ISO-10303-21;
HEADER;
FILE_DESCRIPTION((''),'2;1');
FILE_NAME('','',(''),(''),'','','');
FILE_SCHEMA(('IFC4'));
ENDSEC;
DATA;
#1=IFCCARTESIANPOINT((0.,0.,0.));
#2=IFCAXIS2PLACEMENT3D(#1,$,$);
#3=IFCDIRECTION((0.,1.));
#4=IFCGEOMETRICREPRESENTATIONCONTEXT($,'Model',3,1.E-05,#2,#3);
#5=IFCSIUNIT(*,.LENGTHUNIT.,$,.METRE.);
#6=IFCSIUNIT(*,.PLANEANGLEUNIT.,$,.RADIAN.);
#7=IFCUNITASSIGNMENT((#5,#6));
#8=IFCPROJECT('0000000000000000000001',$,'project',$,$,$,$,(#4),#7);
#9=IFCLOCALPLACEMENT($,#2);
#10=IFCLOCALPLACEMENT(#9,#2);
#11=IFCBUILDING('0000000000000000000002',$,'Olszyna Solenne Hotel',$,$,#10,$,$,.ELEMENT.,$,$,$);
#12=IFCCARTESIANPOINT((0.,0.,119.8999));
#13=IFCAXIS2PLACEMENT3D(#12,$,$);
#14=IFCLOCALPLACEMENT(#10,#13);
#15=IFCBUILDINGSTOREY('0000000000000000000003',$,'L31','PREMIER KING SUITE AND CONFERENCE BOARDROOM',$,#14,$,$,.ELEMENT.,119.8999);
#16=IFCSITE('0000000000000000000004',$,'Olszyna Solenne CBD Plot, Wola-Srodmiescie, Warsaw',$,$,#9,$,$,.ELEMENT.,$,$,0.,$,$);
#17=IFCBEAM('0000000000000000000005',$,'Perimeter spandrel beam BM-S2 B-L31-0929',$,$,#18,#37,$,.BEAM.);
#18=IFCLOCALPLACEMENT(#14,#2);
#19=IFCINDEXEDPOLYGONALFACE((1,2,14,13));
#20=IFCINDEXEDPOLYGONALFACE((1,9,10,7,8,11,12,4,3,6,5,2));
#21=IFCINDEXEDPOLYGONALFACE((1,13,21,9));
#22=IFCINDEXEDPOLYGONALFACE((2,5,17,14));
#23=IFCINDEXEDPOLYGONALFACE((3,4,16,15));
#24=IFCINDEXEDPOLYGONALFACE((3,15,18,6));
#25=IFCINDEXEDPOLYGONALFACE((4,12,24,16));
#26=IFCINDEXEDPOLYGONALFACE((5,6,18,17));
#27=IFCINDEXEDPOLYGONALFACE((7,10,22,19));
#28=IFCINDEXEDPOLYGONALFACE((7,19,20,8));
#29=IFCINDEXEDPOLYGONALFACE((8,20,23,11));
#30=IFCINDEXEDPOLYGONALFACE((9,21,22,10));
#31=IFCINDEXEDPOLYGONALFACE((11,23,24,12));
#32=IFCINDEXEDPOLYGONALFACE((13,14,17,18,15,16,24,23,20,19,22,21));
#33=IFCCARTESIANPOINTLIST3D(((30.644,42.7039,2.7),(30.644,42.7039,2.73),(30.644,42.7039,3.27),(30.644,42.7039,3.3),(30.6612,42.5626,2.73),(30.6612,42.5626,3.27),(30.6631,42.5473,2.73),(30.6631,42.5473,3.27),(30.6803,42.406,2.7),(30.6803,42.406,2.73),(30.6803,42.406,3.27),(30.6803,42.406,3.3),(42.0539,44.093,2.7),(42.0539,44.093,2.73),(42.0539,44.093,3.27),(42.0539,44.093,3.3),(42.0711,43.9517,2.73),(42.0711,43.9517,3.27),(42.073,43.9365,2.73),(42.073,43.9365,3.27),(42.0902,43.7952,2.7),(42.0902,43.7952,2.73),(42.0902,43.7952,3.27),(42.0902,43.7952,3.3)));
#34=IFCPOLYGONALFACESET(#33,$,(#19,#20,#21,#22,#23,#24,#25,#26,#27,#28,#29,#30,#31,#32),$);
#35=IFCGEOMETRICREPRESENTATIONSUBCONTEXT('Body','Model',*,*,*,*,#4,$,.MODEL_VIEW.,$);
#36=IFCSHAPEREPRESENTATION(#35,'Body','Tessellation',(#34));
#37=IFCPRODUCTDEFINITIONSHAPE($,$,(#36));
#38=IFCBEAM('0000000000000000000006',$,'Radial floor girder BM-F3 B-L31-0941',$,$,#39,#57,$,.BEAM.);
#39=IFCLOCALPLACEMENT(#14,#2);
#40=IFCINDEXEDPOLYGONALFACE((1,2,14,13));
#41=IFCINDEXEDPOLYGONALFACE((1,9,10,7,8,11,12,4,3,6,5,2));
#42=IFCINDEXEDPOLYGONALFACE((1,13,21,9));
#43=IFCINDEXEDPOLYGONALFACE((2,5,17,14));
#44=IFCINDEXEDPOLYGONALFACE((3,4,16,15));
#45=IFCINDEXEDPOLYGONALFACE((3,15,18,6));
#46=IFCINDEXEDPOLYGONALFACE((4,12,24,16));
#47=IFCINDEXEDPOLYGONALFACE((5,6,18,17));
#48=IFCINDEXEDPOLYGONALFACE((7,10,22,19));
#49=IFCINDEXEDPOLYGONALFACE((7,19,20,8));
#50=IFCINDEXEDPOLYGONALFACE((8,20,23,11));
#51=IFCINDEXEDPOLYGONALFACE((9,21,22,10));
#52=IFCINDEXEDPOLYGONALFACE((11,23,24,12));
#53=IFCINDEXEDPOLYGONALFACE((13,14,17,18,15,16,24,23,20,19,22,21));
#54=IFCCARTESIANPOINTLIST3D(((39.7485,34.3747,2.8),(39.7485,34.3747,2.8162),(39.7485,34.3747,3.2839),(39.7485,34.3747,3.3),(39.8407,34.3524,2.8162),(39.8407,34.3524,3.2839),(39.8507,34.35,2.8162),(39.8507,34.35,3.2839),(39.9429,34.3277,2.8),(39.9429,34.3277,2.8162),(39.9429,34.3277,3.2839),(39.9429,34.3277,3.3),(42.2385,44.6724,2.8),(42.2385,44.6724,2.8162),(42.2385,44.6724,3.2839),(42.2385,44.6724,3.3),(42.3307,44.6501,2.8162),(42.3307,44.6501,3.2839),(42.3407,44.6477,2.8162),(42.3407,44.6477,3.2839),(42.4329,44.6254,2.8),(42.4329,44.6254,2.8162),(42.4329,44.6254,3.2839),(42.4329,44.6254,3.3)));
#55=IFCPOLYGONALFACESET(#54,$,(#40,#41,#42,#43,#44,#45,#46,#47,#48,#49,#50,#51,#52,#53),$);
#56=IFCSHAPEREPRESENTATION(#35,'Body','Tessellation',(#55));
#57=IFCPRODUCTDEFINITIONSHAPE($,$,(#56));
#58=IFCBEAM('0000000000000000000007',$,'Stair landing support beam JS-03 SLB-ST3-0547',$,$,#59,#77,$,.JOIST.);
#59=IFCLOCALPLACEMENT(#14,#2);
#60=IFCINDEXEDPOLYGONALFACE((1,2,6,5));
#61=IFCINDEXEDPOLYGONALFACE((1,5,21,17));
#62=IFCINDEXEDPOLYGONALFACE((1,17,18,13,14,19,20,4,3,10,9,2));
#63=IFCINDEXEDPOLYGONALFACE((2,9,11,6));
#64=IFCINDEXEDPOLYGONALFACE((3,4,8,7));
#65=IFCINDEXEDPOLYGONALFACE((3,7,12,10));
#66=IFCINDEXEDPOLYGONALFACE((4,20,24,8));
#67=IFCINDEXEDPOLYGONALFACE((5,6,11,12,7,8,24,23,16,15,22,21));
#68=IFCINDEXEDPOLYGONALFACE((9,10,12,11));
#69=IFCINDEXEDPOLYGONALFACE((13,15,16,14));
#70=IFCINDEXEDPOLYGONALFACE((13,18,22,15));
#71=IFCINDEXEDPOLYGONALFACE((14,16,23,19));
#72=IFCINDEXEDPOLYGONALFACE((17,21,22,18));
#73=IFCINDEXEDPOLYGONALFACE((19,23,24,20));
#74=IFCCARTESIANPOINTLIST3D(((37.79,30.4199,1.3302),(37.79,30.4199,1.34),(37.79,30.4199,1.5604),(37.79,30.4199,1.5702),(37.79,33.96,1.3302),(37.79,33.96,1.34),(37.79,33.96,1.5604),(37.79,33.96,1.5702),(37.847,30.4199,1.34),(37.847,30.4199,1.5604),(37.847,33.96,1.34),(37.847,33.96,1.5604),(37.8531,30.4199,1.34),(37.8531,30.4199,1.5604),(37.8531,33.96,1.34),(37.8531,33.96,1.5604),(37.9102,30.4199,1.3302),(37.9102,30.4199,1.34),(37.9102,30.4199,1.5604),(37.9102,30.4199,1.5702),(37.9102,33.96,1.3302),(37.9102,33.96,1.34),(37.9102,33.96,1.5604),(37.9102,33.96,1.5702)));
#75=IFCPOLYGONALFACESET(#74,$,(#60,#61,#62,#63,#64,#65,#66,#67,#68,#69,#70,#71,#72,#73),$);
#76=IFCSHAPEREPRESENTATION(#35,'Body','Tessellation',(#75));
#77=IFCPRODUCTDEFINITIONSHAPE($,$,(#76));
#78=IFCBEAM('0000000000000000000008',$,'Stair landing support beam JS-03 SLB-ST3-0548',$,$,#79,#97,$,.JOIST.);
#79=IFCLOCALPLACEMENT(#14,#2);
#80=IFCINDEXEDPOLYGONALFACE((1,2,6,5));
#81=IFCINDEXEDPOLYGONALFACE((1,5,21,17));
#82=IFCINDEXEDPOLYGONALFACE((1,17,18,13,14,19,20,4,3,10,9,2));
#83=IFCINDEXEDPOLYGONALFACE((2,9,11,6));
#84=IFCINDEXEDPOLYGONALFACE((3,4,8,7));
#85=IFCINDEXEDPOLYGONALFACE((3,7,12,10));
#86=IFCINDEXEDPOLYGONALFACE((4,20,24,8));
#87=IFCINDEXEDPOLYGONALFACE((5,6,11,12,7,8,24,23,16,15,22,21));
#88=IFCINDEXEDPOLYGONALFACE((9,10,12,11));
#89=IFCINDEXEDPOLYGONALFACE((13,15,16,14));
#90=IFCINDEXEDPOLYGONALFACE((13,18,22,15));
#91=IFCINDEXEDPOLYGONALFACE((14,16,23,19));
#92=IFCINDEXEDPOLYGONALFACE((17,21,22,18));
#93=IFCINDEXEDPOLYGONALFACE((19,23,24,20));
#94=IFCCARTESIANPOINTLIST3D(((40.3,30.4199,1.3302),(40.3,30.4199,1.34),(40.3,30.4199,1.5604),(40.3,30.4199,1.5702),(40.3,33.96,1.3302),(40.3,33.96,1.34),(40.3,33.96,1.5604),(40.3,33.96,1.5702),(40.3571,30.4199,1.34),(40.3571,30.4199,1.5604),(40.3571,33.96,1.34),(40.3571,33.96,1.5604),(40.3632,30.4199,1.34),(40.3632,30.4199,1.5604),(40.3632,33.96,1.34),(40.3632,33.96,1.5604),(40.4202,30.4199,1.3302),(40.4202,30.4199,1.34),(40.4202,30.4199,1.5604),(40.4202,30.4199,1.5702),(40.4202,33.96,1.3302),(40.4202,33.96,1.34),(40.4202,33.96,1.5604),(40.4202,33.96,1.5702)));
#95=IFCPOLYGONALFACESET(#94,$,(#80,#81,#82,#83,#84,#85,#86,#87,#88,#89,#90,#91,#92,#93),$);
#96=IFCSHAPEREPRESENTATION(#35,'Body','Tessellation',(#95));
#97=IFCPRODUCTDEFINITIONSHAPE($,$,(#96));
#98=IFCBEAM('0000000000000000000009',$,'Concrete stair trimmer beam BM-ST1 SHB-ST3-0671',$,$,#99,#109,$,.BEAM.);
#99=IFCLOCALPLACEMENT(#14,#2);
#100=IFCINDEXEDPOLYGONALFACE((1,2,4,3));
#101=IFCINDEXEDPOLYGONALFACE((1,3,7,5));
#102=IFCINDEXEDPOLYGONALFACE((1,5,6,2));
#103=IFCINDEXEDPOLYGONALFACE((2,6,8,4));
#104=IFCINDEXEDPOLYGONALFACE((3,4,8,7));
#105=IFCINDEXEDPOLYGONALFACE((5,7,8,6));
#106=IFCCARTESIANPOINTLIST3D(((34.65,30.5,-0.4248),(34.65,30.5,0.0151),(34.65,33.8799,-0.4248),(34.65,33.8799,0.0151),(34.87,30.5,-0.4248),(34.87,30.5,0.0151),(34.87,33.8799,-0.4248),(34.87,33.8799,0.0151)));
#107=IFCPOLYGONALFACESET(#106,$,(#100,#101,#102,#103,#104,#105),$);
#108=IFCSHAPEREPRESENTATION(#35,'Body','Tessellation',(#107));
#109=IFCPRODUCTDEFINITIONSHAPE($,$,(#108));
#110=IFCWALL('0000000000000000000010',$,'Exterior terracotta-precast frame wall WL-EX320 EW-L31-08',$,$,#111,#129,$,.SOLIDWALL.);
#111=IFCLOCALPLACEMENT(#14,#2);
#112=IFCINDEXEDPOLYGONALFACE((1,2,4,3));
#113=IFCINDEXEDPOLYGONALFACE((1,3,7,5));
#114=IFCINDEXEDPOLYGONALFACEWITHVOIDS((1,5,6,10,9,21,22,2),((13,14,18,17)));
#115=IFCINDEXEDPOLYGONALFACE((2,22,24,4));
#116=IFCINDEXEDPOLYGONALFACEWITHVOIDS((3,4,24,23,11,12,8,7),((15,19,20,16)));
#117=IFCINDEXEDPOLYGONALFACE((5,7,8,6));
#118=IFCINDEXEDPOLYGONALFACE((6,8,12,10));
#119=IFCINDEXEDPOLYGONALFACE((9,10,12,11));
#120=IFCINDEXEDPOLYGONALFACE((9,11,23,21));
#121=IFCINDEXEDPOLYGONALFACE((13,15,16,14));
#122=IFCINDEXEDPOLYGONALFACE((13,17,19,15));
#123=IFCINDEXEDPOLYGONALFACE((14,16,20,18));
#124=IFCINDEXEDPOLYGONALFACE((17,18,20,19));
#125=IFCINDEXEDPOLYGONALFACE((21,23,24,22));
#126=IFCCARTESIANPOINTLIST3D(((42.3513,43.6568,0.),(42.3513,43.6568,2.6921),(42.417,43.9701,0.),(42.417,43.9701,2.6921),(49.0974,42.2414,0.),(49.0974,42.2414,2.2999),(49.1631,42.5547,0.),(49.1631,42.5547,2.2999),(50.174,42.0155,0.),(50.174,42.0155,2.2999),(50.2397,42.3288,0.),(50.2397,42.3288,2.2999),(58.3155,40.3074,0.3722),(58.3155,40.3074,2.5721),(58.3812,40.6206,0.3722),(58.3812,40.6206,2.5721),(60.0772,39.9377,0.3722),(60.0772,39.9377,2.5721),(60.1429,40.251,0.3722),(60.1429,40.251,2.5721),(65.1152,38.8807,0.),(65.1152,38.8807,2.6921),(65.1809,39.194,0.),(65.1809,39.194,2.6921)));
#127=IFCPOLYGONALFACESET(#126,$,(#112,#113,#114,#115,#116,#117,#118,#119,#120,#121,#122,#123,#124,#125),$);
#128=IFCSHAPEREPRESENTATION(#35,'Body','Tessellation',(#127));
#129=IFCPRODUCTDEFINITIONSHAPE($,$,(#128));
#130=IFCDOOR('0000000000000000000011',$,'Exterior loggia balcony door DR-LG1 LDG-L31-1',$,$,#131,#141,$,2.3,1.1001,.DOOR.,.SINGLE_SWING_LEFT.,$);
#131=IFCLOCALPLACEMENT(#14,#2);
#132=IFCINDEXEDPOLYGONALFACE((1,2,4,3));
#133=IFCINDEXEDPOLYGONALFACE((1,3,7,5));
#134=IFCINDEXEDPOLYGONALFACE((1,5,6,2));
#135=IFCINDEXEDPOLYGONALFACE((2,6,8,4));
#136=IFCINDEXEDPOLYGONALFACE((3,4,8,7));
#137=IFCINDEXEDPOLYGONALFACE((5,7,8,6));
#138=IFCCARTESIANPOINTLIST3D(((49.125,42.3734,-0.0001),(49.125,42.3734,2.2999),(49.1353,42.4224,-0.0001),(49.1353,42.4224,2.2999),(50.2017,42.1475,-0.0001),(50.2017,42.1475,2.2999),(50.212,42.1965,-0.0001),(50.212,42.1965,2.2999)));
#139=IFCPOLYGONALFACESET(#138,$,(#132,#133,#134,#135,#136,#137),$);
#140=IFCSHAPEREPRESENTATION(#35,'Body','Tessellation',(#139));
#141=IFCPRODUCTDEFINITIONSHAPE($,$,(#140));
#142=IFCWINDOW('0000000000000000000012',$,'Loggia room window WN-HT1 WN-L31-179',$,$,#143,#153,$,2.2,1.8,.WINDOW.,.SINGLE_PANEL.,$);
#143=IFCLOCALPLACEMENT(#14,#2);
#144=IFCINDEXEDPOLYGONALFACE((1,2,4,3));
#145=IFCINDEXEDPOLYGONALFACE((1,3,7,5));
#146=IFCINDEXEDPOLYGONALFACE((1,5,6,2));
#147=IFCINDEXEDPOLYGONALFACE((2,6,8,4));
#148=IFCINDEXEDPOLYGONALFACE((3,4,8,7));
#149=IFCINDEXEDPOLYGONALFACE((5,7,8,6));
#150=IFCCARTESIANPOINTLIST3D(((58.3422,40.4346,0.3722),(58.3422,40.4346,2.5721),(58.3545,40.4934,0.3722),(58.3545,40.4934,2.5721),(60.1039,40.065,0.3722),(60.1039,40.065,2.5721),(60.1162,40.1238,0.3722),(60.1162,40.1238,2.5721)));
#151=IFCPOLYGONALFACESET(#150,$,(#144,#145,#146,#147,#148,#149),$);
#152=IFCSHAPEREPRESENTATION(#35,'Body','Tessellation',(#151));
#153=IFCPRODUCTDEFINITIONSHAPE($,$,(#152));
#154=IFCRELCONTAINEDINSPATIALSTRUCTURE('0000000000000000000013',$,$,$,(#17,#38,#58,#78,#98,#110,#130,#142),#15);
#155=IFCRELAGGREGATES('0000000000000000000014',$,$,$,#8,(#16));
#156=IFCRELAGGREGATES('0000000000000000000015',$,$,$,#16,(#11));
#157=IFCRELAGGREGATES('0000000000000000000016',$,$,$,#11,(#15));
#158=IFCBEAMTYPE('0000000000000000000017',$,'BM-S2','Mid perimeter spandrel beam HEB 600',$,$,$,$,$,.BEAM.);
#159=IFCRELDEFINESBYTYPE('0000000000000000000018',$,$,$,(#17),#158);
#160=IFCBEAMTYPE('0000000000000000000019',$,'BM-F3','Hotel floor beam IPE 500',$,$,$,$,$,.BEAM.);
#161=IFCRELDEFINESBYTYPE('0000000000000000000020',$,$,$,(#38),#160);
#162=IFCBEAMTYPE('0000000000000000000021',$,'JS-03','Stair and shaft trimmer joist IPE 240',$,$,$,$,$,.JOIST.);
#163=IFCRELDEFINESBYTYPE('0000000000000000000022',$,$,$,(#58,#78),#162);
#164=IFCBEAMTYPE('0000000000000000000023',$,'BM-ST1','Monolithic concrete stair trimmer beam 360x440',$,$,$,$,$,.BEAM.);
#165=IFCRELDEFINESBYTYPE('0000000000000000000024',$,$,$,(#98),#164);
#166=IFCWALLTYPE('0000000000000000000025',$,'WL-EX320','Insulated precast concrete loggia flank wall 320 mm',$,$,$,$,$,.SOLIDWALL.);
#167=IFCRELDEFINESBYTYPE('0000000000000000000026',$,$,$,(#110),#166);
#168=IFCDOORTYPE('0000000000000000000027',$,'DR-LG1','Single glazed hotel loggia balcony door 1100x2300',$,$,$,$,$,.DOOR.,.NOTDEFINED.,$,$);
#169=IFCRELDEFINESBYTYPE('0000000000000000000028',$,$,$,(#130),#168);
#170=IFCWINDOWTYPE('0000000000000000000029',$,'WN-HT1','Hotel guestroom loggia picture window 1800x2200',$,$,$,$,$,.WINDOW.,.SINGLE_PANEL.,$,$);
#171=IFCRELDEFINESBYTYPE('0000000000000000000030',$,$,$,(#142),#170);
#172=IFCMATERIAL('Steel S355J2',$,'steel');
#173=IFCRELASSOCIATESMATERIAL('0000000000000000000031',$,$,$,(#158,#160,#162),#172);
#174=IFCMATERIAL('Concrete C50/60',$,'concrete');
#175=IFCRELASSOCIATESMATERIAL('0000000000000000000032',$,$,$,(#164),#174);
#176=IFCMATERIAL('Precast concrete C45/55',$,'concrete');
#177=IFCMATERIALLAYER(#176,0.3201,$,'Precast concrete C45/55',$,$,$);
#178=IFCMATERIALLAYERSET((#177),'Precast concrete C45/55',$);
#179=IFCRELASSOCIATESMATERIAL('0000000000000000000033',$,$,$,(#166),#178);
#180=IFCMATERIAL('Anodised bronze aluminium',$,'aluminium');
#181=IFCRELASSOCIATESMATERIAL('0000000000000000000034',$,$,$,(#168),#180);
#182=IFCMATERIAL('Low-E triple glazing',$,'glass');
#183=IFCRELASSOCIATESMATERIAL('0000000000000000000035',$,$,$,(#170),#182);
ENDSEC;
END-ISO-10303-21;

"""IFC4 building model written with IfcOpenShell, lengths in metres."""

from ifc_helpers import new_model, si_unit, direction, frame, frame_2d, origin, origin_2d, place, context, subcontext, project, spatial, rectangle, i_section, extrude, source, transform, mapped, material, layer, layer_set, material_profile, profile_set, type_object, type_shapes, element, fill, save


model = new_model("IFC4")

# Units and contexts
model_context = context("Model", 3, precision=1e-05, world=origin(), true_north=direction((0.0, 1.0)))
body_context = subcontext(model_context, "Body", "Model", "MODEL_VIEW")
ifc_project = project(units=[si_unit("LENGTHUNIT", "METRE"), si_unit("PLANEANGLEUNIT", "RADIAN")], contexts=[model_context])

# Site, building, storey
site_placement = place(None, origin())
site = spatial("IfcSite", under=ifc_project, at=site_placement, Name="Olszyna Solenne CBD Plot, Wola-Srodmiescie, Warsaw", CompositionType="ELEMENT", RefElevation=0.0)
building_placement = place(site_placement, origin())
building = spatial("IfcBuilding", under=site, at=building_placement, Name="Olszyna Solenne Hotel", CompositionType="ELEMENT")
storey_placement = place(building_placement, frame((0.0, 0.0, 119.8999)))
storey = spatial("IfcBuildingStorey", under=building, at=storey_placement, Name="L31", Description="PREMIER KING SUITE AND CONFERENCE BOARDROOM", CompositionType="ELEMENT", Elevation=119.8999)

# Beams
ifc_material_1 = material(Name="Steel S355J2", Category="steel")
ifc_material_profile_1 = material_profile(ifc_material_1, i_section(OverallWidth=0.3, OverallDepth=0.6001, WebThickness=0.0154, FlangeThickness=0.03, at=origin_2d()), Name="HEB 600", Category="load-bearing")
ifc_profile_set_1 = profile_set([ifc_material_profile_1], Name="Steel S355J2")
beam_type_1 = type_object("IfcBeamType", Name="BM-S2", Description="Mid perimeter spandrel beam HEB 600", PredefinedType="BEAM", material=ifc_profile_set_1)
shared_shape_1 = source(origin(), body_context, "Body", "SweptSolid", [
    extrude(i_section(OverallWidth=0.3, OverallDepth=0.6001, WebThickness=0.0154, FlangeThickness=0.03, at=origin_2d()), origin(), (0.0, 0.0, 1.0), 11.4941),
])
beam_1_placement = place(storey_placement, frame((42.072, 43.9441, 3.0), z_axis=(-0.99267, -0.120858, 0.0), x_axis=(0.120858, -0.99267, 0.0)))
element("IfcBeam", 1, at=beam_1_placement, inside=storey, type_object=beam_type_1, Name="Perimeter spandrel beam BM-S2 B-L31-0929", PredefinedType="BEAM", context=body_context, shape_type="MappedRepresentation", body=[
    mapped(shared_shape_1, transform((0.0, 0.0, 0.0), x_axis=(1.0, 0.0, 0.0), y_axis=(0.0, 1.0, 0.0), z_axis=(0.0, 0.0, 1.0), scale=1.0)),
])
ifc_material_profile_2 = material_profile(ifc_material_1, i_section(OverallWidth=0.2, OverallDepth=0.5, WebThickness=0.0103, FlangeThickness=0.0161, at=origin_2d()), Name="IPE 500", Category="load-bearing")
ifc_profile_set_2 = profile_set([ifc_material_profile_2], Name="Steel S355J2")
beam_type_2 = type_object("IfcBeamType", Name="BM-F3", Description="Hotel floor beam IPE 500", PredefinedType="BEAM", material=ifc_profile_set_2)
shared_shape_2 = source(origin(), body_context, "Body", "SweptSolid", [
    extrude(i_section(OverallWidth=0.2, OverallDepth=0.5, WebThickness=0.0103, FlangeThickness=0.0161, at=origin_2d()), origin(), (0.0, 0.0, 1.0), 10.5945),
])
beam_2_placement = place(storey_placement, frame((42.3357, 44.6489, 3.05), z_axis=(-0.235029, -0.971988, 0.0), x_axis=(0.971988, -0.235029, 0.0)))
element("IfcBeam", 2, at=beam_2_placement, inside=storey, type_object=beam_type_2, Name="Radial floor girder BM-F3 B-L31-0941", PredefinedType="BEAM", context=body_context, shape_type="MappedRepresentation", body=[
    mapped(shared_shape_2, transform((0.0, 0.0, 0.0), x_axis=(1.0, 0.0, 0.0), y_axis=(0.0, 1.0, 0.0), z_axis=(0.0, 0.0, 1.0), scale=1.0)),
])
ifc_material_profile_3 = material_profile(ifc_material_1, i_section(OverallWidth=0.1201, OverallDepth=0.24, WebThickness=0.0061, FlangeThickness=0.0098, at=origin_2d()), Name="IPE 240", Category="load-bearing")
ifc_profile_set_3 = profile_set([ifc_material_profile_3], Name="Steel S355J2")
beam_type_3 = type_object("IfcBeamType", Name="JS-03", Description="Stair and shaft trimmer joist IPE 240", PredefinedType="JOIST", material=ifc_profile_set_3)
shared_shape_3 = source(origin(), body_context, "Body", "SweptSolid", [
    extrude(i_section(OverallWidth=0.1201, OverallDepth=0.24, WebThickness=0.0061, FlangeThickness=0.0098, at=origin_2d()), origin(), (0.0, 0.0, 1.0), 3.54),
])
for number, where, z_axis, x_axis, name in (
    (3, (37.8501, 30.4199, 1.4502), (0.0, 1.0, 0.0), (-1.0, 0.0, 0.0), "Stair landing support beam JS-03 SLB-ST3-0547"),
    (4, (40.3601, 30.4199, 1.4502), (0.0, 1.0, 0.0), (-1.0, 0.0, 0.0), "Stair landing support beam JS-03 SLB-ST3-0548"),
):
    element("IfcBeam", number, at=place(storey_placement, frame(where, z_axis=z_axis, x_axis=x_axis)), inside=storey, type_object=beam_type_3, Name=name, PredefinedType="JOIST", context=body_context, shape_type="MappedRepresentation", body=[
        mapped(shared_shape_3, transform((0.0, 0.0, 0.0), x_axis=(1.0, 0.0, 0.0), y_axis=(0.0, 1.0, 0.0), z_axis=(0.0, 0.0, 1.0), scale=1.0)),
    ])
ifc_material_2 = material(Name="Concrete C50/60", Category="concrete")
ifc_material_profile_4 = material_profile(ifc_material_2, rectangle(XDim=0.22, YDim=0.4399, at=origin_2d()), Name="RC 220x440", Category="load-bearing")
ifc_profile_set_4 = profile_set([ifc_material_profile_4], Name="Concrete C50/60")
beam_type_4 = type_object("IfcBeamType", Name="BM-ST1", Description="Monolithic concrete stair trimmer beam 360x440", PredefinedType="BEAM", material=ifc_profile_set_4)
shared_shape_4 = source(origin(), body_context, "Body", "SweptSolid", [
    extrude(rectangle(XDim=0.22, YDim=0.4399, at=origin_2d()), origin(), (0.0, 0.0, 1.0), 3.3799),
])
beam_3_placement = place(storey_placement, frame((34.76, 30.5, -0.2048), z_axis=(0.0, 1.0, 0.0), x_axis=(-1.0, 0.0, 0.0)))
element("IfcBeam", 5, at=beam_3_placement, inside=storey, type_object=beam_type_4, Name="Concrete stair trimmer beam BM-ST1 SHB-ST3-0671", PredefinedType="BEAM", context=body_context, shape_type="MappedRepresentation", body=[
    mapped(shared_shape_4, transform((0.0, 0.0, 0.0), x_axis=(1.0, 0.0, 0.0), y_axis=(0.0, 1.0, 0.0), z_axis=(0.0, 0.0, 1.0), scale=1.0)),
])

# Wall, openings, door, window
ifc_material_3 = material(Name="Precast concrete C45/55", Category="concrete")
ifc_layer_1 = layer(ifc_material_3, 0.3201, Name="Precast concrete C45/55")
ifc_layer_set_1 = layer_set([ifc_layer_1], Name="Precast concrete C45/55")
wall_type_1 = type_object("IfcWallType", Name="WL-EX320", Description="Insulated precast concrete loggia flank wall 320 mm", PredefinedType="SOLIDWALL", material=ifc_layer_set_1)
wall_1_placement = place(storey_placement, frame((42.384, 43.8135, 0.0), z_axis=(0.0, 0.0, 1.0), x_axis=(0.978691, -0.20534, 0.0)))
wall_1 = element("IfcWall", 6, at=wall_1_placement, inside=storey, type_object=wall_type_1, Name="Exterior terracotta-precast frame wall WL-EX320 EW-L31-08", PredefinedType="SOLIDWALL", context=body_context, shape_type="SweptSolid", body=[
    extrude(rectangle(XDim=23.2595, YDim=0.3201, at=frame_2d((11.6299, 0.0))), origin(), (0.0, 0.0, 1.0), 2.6921),
])
opening_1_placement = place(wall_1_placement, frame((6.8931, 0.0, 0.0)))
opening_1 = element("IfcOpeningElement", 7, at=opening_1_placement, cuts=wall_1, PredefinedType="OPENING", context=body_context, shape_type="SweptSolid", body=[
    extrude(rectangle(XDim=1.1001, YDim=2.3, at=frame_2d((0.55, 1.1499))), frame((0.0, 0.1699, 0.0), z_axis=(0.0, -1.0, 0.0), x_axis=(1.0, 0.0, 0.0)), (0.0, 0.0, 1.0), 0.3401),
])
opening_2_placement = place(wall_1_placement, frame((16.312, 0.0, 0.3721)))
opening_2 = element("IfcOpeningElement", 8, at=opening_2_placement, cuts=wall_1, PredefinedType="OPENING", context=body_context, shape_type="SweptSolid", body=[
    extrude(rectangle(XDim=1.8, YDim=2.2, at=frame_2d((0.8999, 1.1001))), frame((0.0, 0.1699, 0.0), z_axis=(0.0, -1.0, 0.0), x_axis=(1.0, 0.0, 0.0)), (0.0, 0.0, 1.0), 0.3401),
])
ifc_material_4 = material(Name="Anodised bronze aluminium", Category="aluminium")
door_type_1 = type_object("IfcDoorType", Name="DR-LG1", Description="Single glazed hotel loggia balcony door 1100x2300", OperationType="NOTDEFINED", PredefinedType="DOOR", material=ifc_material_4)
shared_shape_5 = source(origin(), body_context, "Body", "SweptSolid", [
    extrude(rectangle(XDim=1.1001, YDim=2.3, at=frame_2d((0.55, 1.1499))), frame((0.0, 0.0249, 0.0), z_axis=(0.0, -1.0, 0.0), x_axis=(1.0, 0.0, 0.0)), (0.0, 0.0, 1.0), 0.05),
])
type_shapes(door_type_1, [shared_shape_5])
door_1_placement = place(opening_1_placement, origin())
door_1 = element("IfcDoor", 9, at=door_1_placement, inside=storey, type_object=door_type_1, Name="Exterior loggia balcony door DR-LG1 LDG-L31-1", OperationType="SINGLE_SWING_LEFT", OverallHeight=2.3, OverallWidth=1.1001, PredefinedType="DOOR", context=body_context, shape_type="MappedRepresentation", body=[
    mapped(shared_shape_5, transform((0.0, 0.0, 0.0), x_axis=(1.0, 0.0, 0.0), y_axis=(0.0, 1.0, 0.0), z_axis=(0.0, 0.0, 1.0), scale=1.0)),
])
fill(opening_1, door_1)
ifc_material_5 = material(Name="Low-E triple glazing", Category="glass")
window_type = type_object("IfcWindowType", Name="WN-HT1", Description="Hotel guestroom loggia picture window 1800x2200", PartitioningType="SINGLE_PANEL", PredefinedType="WINDOW", material=ifc_material_5)
shared_shape_6 = source(origin(), body_context, "Body", "SweptSolid", [
    extrude(rectangle(XDim=1.8, YDim=2.2, at=frame_2d((0.8999, 1.1001))), frame((0.0, 0.03, 0.0), z_axis=(0.0, -1.0, 0.0), x_axis=(1.0, 0.0, 0.0)), (0.0, 0.0, 1.0), 0.0601),
])
type_shapes(window_type, [shared_shape_6])
window_placement = place(opening_2_placement, origin())
window = element("IfcWindow", 10, at=window_placement, inside=storey, type_object=window_type, Name="Loggia room window WN-HT1 WN-L31-179", OverallHeight=2.2, OverallWidth=1.8, PartitioningType="SINGLE_PANEL", PredefinedType="WINDOW", context=body_context, shape_type="MappedRepresentation", body=[
    mapped(shared_shape_6, transform((0.0, 0.0, 0.0), x_axis=(1.0, 0.0, 0.0), y_axis=(0.0, 1.0, 0.0), z_axis=(0.0, 0.0, 1.0), scale=1.0)),
])
fill(opening_2, window)

save(model, "model.ifc")
